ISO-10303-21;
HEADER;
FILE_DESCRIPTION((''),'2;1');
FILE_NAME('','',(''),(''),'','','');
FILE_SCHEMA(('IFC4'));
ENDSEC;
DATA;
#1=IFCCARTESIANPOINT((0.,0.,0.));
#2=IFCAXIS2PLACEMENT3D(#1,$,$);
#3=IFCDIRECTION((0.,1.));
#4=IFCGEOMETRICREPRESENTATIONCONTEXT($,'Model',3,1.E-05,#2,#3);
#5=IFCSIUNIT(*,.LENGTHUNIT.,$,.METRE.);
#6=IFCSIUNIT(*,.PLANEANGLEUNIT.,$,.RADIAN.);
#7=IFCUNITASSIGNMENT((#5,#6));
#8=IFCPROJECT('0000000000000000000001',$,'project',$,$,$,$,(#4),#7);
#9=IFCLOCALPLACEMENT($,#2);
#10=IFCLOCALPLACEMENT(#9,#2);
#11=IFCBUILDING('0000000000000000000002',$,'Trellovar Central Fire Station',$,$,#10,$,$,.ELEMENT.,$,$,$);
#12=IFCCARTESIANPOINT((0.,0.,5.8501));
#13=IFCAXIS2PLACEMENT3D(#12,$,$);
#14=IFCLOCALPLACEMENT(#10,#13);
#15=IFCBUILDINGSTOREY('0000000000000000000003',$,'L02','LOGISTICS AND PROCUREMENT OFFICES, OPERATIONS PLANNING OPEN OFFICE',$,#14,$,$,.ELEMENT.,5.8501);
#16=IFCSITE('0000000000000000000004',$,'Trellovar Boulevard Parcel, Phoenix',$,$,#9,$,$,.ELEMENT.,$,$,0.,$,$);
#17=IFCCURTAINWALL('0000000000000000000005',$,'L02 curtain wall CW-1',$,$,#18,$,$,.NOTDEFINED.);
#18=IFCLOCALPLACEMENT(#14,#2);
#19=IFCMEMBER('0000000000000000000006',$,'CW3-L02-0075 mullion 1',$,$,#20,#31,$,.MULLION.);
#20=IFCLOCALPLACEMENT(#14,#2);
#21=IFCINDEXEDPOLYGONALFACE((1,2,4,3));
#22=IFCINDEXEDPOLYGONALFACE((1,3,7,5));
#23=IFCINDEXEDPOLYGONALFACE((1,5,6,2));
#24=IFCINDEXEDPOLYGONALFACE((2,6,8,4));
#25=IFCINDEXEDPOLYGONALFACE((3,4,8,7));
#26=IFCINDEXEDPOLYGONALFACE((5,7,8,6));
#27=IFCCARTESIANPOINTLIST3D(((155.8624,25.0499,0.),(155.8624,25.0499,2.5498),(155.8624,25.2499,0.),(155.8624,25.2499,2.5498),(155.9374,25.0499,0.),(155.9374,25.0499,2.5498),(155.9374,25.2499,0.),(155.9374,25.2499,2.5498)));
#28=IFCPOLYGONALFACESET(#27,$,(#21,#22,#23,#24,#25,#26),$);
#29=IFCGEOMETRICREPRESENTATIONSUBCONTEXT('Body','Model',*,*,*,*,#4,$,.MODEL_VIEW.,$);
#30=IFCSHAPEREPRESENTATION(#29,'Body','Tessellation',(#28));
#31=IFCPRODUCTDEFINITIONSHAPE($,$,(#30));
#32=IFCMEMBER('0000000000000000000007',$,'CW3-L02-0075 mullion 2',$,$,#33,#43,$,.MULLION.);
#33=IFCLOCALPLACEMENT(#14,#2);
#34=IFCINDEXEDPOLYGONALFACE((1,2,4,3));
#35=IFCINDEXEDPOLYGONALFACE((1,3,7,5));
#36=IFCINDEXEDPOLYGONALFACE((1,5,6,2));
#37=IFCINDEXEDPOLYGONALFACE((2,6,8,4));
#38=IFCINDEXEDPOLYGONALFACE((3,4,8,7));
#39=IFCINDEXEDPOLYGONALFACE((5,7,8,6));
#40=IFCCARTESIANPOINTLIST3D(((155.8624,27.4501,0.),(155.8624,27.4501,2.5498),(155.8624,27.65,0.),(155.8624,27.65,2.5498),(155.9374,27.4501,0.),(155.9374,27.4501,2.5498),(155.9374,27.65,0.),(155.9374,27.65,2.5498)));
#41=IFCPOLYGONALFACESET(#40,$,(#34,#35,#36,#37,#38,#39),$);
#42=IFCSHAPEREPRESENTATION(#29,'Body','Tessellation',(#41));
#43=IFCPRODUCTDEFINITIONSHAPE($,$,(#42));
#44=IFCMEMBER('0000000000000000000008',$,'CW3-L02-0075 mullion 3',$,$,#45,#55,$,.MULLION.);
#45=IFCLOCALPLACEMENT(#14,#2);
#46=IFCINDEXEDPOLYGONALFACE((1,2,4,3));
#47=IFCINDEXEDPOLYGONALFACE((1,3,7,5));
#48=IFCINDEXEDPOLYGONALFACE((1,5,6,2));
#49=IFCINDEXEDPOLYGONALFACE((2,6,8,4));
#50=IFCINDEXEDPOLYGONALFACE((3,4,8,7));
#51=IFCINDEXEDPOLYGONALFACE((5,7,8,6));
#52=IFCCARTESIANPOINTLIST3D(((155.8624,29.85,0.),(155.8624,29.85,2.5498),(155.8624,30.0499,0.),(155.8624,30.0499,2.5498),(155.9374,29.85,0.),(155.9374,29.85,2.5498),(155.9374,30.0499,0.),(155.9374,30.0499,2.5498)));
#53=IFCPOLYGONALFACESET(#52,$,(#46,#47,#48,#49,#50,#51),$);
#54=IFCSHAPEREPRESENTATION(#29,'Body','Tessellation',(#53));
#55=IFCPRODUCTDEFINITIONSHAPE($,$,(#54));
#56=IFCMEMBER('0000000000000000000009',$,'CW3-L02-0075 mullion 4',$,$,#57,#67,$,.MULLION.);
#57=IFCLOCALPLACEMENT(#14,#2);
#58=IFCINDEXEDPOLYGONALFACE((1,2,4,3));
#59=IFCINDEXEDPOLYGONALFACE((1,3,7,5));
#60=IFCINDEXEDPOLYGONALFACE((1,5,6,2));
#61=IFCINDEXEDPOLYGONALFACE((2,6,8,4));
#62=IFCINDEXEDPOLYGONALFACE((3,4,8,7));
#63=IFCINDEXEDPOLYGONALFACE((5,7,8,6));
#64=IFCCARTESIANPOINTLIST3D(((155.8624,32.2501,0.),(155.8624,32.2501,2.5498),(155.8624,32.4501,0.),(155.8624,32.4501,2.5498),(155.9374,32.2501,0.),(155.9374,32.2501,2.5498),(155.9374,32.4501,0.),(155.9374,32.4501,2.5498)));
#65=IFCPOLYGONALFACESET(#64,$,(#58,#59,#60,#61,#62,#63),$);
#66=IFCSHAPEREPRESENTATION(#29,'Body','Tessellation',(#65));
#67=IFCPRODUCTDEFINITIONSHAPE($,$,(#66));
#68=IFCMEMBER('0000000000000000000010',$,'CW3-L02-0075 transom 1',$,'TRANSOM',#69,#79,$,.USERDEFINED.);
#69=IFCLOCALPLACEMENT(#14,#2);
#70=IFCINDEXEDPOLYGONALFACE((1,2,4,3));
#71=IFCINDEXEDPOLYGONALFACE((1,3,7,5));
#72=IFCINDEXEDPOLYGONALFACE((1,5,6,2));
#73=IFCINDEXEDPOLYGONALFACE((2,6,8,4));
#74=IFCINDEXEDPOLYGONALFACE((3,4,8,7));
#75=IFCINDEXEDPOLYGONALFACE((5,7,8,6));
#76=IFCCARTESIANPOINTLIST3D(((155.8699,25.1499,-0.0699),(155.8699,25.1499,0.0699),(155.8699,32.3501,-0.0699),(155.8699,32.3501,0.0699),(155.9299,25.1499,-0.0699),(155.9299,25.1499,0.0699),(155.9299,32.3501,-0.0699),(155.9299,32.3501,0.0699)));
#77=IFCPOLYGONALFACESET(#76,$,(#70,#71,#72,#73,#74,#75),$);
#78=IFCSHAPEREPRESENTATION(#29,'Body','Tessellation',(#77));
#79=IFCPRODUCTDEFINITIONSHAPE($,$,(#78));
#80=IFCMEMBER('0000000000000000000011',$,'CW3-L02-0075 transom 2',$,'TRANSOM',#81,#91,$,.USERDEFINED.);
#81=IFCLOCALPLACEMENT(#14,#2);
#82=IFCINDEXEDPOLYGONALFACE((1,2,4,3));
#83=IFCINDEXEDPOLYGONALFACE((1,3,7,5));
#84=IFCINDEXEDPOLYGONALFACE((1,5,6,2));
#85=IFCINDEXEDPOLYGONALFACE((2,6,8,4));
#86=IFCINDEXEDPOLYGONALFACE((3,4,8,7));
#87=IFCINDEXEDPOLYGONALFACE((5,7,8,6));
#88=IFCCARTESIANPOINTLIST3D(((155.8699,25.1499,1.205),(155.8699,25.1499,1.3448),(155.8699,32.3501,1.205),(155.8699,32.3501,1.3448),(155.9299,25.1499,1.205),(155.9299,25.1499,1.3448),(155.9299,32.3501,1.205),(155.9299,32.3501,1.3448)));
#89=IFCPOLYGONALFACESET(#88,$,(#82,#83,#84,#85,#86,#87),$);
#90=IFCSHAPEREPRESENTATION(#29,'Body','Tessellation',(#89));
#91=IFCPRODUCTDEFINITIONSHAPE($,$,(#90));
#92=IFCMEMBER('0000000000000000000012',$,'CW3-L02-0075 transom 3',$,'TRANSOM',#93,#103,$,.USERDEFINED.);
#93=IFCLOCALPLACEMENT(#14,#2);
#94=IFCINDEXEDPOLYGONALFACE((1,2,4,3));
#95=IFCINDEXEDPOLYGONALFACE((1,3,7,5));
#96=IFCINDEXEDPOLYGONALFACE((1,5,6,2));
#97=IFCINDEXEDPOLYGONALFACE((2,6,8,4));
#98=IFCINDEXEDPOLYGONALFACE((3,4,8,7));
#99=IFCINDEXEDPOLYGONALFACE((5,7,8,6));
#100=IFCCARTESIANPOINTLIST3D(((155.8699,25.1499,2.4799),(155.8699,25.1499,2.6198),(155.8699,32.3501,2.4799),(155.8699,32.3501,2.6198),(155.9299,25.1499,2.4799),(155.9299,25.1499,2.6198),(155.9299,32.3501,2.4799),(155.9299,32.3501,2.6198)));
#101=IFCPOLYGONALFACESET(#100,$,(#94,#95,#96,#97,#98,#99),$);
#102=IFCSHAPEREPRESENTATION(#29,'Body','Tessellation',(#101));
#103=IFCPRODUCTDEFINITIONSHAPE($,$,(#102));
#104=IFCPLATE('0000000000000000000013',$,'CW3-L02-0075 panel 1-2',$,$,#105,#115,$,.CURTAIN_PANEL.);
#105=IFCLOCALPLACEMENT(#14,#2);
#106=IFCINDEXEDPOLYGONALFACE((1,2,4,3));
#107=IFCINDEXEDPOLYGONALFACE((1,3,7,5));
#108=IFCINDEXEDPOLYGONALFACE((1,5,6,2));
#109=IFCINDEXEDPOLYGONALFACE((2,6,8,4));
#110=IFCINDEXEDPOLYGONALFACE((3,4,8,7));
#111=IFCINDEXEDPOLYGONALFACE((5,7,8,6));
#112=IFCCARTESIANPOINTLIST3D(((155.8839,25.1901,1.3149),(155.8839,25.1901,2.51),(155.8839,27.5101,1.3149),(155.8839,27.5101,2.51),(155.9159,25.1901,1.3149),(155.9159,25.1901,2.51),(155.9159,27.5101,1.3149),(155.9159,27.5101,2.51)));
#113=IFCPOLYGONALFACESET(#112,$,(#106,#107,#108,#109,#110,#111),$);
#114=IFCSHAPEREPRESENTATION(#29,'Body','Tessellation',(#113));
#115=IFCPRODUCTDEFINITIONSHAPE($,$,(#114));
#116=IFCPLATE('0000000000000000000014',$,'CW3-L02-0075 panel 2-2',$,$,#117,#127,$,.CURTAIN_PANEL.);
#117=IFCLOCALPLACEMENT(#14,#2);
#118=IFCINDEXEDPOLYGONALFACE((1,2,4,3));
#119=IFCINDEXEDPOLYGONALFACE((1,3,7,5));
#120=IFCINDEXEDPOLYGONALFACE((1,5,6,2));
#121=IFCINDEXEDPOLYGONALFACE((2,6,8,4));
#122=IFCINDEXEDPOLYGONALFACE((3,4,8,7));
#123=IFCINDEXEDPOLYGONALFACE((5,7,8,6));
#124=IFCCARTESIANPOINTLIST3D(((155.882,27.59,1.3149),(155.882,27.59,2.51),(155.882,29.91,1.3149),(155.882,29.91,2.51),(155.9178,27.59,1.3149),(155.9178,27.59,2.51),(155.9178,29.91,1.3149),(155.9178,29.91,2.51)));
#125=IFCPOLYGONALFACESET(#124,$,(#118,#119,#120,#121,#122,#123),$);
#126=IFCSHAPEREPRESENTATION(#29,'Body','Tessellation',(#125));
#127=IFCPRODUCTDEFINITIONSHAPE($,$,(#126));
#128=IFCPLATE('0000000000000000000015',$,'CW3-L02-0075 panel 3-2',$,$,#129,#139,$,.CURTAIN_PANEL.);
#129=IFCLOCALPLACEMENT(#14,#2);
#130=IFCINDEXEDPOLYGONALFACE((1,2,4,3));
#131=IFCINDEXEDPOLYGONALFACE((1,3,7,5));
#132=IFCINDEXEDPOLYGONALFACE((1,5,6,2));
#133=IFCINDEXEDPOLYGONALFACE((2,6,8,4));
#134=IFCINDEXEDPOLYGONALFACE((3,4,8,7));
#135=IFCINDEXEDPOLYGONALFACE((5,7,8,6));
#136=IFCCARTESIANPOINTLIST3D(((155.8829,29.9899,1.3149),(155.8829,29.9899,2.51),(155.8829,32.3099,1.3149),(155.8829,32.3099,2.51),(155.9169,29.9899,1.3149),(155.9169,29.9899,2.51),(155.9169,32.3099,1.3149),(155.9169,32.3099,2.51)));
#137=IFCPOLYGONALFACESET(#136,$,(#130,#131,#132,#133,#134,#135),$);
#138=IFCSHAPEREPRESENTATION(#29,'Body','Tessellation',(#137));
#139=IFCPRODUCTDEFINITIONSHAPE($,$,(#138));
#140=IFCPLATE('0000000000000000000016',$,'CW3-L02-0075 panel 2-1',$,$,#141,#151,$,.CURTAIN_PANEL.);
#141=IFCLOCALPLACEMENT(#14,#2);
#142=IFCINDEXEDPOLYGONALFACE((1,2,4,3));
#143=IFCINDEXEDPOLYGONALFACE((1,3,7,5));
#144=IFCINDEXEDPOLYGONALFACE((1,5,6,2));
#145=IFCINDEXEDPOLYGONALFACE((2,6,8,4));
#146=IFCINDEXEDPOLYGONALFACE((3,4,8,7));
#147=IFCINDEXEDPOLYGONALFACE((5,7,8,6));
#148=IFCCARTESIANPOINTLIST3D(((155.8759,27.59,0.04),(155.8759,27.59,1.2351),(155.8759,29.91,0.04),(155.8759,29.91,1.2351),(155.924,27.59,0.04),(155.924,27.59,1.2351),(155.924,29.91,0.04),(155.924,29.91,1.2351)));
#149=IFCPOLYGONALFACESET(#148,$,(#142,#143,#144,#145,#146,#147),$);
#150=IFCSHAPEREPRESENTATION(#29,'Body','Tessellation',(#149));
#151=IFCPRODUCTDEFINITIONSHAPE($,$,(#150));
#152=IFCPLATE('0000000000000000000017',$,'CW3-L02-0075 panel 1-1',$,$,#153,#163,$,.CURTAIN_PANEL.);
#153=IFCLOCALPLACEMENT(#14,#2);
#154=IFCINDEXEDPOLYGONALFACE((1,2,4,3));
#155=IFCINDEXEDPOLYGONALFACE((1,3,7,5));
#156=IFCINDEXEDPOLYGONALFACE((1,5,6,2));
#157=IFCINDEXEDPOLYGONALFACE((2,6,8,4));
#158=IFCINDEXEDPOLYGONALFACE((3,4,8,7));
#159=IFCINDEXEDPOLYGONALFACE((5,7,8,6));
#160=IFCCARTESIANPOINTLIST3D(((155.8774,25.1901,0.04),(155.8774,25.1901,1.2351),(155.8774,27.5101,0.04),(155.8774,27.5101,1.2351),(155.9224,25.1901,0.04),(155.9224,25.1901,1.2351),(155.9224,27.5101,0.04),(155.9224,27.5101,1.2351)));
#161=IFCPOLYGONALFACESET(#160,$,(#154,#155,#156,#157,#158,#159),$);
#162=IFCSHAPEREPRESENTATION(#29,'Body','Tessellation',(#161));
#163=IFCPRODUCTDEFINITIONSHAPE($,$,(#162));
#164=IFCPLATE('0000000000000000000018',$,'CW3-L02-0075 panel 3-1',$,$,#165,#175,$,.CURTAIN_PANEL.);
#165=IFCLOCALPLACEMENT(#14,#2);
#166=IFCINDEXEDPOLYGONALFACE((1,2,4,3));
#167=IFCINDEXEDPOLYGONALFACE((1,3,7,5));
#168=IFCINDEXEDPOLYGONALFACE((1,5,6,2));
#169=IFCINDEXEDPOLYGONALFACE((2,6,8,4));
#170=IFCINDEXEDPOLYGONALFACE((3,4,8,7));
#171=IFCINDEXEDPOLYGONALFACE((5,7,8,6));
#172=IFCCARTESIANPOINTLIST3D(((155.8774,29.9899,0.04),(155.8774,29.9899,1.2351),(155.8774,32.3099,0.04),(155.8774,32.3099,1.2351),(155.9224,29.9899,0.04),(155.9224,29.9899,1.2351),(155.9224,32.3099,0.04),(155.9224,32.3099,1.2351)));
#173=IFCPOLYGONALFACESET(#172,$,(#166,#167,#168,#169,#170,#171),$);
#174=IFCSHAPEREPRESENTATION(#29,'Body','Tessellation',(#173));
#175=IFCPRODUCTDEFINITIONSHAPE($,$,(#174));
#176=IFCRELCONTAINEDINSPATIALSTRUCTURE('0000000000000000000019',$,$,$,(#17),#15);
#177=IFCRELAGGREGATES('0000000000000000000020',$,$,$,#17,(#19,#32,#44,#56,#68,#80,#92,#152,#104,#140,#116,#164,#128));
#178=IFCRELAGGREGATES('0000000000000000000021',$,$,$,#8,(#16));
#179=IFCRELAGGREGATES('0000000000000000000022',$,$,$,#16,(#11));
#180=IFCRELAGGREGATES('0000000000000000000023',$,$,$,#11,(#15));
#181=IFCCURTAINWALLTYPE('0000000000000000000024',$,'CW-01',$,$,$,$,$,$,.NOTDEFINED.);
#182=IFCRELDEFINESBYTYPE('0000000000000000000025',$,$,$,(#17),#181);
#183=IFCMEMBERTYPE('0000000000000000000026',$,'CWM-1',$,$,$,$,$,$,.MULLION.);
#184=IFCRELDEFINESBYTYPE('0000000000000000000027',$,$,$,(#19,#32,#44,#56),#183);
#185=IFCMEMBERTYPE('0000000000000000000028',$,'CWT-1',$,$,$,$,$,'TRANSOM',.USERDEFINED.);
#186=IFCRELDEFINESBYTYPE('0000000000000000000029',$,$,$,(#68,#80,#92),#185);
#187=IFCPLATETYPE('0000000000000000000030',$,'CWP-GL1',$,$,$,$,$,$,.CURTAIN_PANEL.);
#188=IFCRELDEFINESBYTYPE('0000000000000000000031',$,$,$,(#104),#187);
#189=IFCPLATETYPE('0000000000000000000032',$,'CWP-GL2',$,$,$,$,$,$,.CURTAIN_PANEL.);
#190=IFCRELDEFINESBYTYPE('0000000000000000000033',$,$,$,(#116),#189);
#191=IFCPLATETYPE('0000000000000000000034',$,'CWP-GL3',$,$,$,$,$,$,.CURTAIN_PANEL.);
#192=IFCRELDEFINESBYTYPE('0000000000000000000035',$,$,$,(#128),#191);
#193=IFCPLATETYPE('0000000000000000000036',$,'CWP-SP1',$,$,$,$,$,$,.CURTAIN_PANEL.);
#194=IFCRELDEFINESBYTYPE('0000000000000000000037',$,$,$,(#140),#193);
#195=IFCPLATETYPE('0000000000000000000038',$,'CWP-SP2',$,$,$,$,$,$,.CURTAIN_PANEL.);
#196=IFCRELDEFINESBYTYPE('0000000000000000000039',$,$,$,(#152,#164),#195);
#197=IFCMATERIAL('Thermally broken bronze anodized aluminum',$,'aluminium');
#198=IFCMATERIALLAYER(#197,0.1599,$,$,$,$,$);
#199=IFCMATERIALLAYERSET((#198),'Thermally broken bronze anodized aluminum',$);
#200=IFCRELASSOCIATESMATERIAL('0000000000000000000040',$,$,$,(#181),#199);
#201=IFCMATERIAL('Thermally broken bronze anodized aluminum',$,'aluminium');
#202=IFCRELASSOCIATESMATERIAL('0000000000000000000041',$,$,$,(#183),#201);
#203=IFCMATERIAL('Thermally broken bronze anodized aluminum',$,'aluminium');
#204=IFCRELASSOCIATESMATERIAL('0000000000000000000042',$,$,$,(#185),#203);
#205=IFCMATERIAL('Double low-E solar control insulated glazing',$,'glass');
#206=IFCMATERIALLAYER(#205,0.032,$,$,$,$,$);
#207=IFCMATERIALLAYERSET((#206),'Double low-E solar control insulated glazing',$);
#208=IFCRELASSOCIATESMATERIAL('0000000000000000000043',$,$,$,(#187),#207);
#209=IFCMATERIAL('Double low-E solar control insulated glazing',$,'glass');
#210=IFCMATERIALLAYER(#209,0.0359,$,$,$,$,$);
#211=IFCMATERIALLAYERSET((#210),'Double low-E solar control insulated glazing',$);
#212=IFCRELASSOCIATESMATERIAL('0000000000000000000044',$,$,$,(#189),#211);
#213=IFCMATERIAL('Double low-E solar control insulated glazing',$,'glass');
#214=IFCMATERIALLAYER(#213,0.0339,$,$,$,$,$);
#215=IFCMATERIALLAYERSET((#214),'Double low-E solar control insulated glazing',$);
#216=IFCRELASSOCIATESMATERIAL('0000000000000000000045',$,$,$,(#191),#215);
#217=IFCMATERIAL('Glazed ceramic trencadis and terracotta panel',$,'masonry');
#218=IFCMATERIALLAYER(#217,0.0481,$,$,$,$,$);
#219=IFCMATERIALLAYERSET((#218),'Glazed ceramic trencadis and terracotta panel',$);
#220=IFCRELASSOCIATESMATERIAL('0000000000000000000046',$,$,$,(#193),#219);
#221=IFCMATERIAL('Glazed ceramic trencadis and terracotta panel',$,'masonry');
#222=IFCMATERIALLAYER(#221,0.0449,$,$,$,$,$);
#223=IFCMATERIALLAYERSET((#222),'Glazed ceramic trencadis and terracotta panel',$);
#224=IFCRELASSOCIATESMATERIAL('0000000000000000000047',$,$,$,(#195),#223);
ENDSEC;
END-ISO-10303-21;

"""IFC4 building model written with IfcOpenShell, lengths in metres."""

from ifc_helpers import new_model, si_unit, direction, frame, origin, origin_2d, place, context, subcontext, project, spatial, rectangle, extrude, material, layer, layer_set, material_profile, profile_set, type_object, element, aggregate, save


model = new_model("IFC4")

# Units and contexts
model_context = context("Model", 3, precision=1e-05, world=origin(), true_north=direction((0.0, 1.0)))
body_context = subcontext(model_context, "Body", "Model", "MODEL_VIEW")
ifc_project = project(units=[si_unit("LENGTHUNIT", "METRE"), si_unit("PLANEANGLEUNIT", "RADIAN")], contexts=[model_context])

# Site, building, storey
site_placement = place(None, origin())
site = spatial("IfcSite", under=ifc_project, at=site_placement, Name="Trellovar Boulevard Parcel, Phoenix", CompositionType="ELEMENT", RefElevation=0.0)
building_placement = place(site_placement, origin())
building = spatial("IfcBuilding", under=site, at=building_placement, Name="Trellovar Central Fire Station", CompositionType="ELEMENT")
storey_placement = place(building_placement, frame((0.0, 0.0, 5.8501)))
storey = spatial("IfcBuildingStorey", under=building, at=storey_placement, Name="L02", Description="LOGISTICS AND PROCUREMENT OFFICES, OPERATIONS PLANNING OPEN OFFICE", CompositionType="ELEMENT", Elevation=5.8501)

# Curtain wall, members, plates
ifc_material_1 = material(Name="Thermally broken bronze anodized aluminum", Category="aluminium")
ifc_layer_1 = layer(ifc_material_1, 0.1599)
ifc_layer_set_1 = layer_set([ifc_layer_1], Name="Thermally broken bronze anodized aluminum")
curtain_wall_type = type_object("IfcCurtainWallType", Name="CW-01", PredefinedType="NOTDEFINED", material=ifc_layer_set_1)
curtain_wall_placement = place(storey_placement, origin())
curtain_wall = element("IfcCurtainWall", 1, at=curtain_wall_placement, inside=storey, type_object=curtain_wall_type, Name="L02 curtain wall CW-1", PredefinedType="NOTDEFINED")
ifc_material_2 = material(Name="Thermally broken bronze anodized aluminum", Category="aluminium")
ifc_material_profile_1 = material_profile(ifc_material_2, rectangle(XDim=0.075, YDim=0.2, at=origin_2d()), Name="ALU75X200")
ifc_profile_set_1 = profile_set([ifc_material_profile_1], Name="Thermally broken bronze anodized aluminum")
member_type_1 = type_object("IfcMemberType", Name="CWM-1", PredefinedType="MULLION", material=ifc_profile_set_1)
member_1_placement = place(storey_placement, frame((155.8999, 25.1499, 0.0), z_axis=(0.0, 0.0, 1.0), x_axis=(1.0, 0.0, 0.0)))
member_1 = element("IfcMember", 2, at=member_1_placement, type_object=member_type_1, Name="CW3-L02-0075 mullion 1", PredefinedType="MULLION", context=body_context, shape_type="SweptSolid", body=[
    extrude(rectangle(XDim=0.075, YDim=0.2, at=origin_2d()), origin(), (0.0, 0.0, 1.0), 2.5498),
])
member_2_placement = place(storey_placement, frame((155.8999, 27.55, 0.0), z_axis=(0.0, 0.0, 1.0), x_axis=(1.0, 0.0, 0.0)))
member_2 = element("IfcMember", 3, at=member_2_placement, type_object=member_type_1, Name="CW3-L02-0075 mullion 2", PredefinedType="MULLION", context=body_context, shape_type="SweptSolid", body=[
    extrude(rectangle(XDim=0.075, YDim=0.2, at=origin_2d()), origin(), (0.0, 0.0, 1.0), 2.5498),
])
member_3_placement = place(storey_placement, frame((155.8999, 29.95, 0.0), z_axis=(0.0, 0.0, 1.0), x_axis=(1.0, 0.0, 0.0)))
member_3 = element("IfcMember", 4, at=member_3_placement, type_object=member_type_1, Name="CW3-L02-0075 mullion 3", PredefinedType="MULLION", context=body_context, shape_type="SweptSolid", body=[
    extrude(rectangle(XDim=0.075, YDim=0.2, at=origin_2d()), origin(), (0.0, 0.0, 1.0), 2.5498),
])
member_4_placement = place(storey_placement, frame((155.8999, 32.3501, 0.0), z_axis=(0.0, 0.0, 1.0), x_axis=(1.0, 0.0, 0.0)))
member_4 = element("IfcMember", 5, at=member_4_placement, type_object=member_type_1, Name="CW3-L02-0075 mullion 4", PredefinedType="MULLION", context=body_context, shape_type="SweptSolid", body=[
    extrude(rectangle(XDim=0.075, YDim=0.2, at=origin_2d()), origin(), (0.0, 0.0, 1.0), 2.5498),
])
ifc_material_3 = material(Name="Thermally broken bronze anodized aluminum", Category="aluminium")
ifc_material_profile_2 = material_profile(ifc_material_3, rectangle(XDim=0.0601, YDim=0.1399, at=origin_2d()), Name="ALU60X140")
ifc_profile_set_2 = profile_set([ifc_material_profile_2], Name="Thermally broken bronze anodized aluminum")
member_type_2 = type_object("IfcMemberType", Name="CWT-1", ElementType="TRANSOM", PredefinedType="USERDEFINED", material=ifc_profile_set_2)
member_5_placement = place(storey_placement, frame((155.8999, 25.1499, 0.0), z_axis=(0.0, 1.0, 0.0), x_axis=(-1.0, 0.0, 0.0)))
member_5 = element("IfcMember", 6, at=member_5_placement, type_object=member_type_2, Name="CW3-L02-0075 transom 1", ObjectType="TRANSOM", PredefinedType="USERDEFINED", context=body_context, shape_type="SweptSolid", body=[
    extrude(rectangle(XDim=0.0601, YDim=0.1399, at=origin_2d()), origin(), (0.0, 0.0, 1.0), 7.2002),
])
member_6_placement = place(storey_placement, frame((155.8999, 25.1499, 1.2749), z_axis=(0.0, 1.0, 0.0), x_axis=(-1.0, 0.0, 0.0)))
member_6 = element("IfcMember", 7, at=member_6_placement, type_object=member_type_2, Name="CW3-L02-0075 transom 2", ObjectType="TRANSOM", PredefinedType="USERDEFINED", context=body_context, shape_type="SweptSolid", body=[
    extrude(rectangle(XDim=0.0601, YDim=0.1399, at=origin_2d()), origin(), (0.0, 0.0, 1.0), 7.2002),
])
member_7_placement = place(storey_placement, frame((155.8999, 25.1499, 2.5498), z_axis=(0.0, 1.0, 0.0), x_axis=(-1.0, 0.0, 0.0)))
member_7 = element("IfcMember", 8, at=member_7_placement, type_object=member_type_2, Name="CW3-L02-0075 transom 3", ObjectType="TRANSOM", PredefinedType="USERDEFINED", context=body_context, shape_type="SweptSolid", body=[
    extrude(rectangle(XDim=0.0601, YDim=0.1399, at=origin_2d()), origin(), (0.0, 0.0, 1.0), 7.2002),
])
ifc_material_4 = material(Name="Double low-E solar control insulated glazing", Category="glass")
ifc_layer_2 = layer(ifc_material_4, 0.032)
ifc_layer_set_2 = layer_set([ifc_layer_2], Name="Double low-E solar control insulated glazing")
plate_type_1 = type_object("IfcPlateType", Name="CWP-GL1", PredefinedType="CURTAIN_PANEL", material=ifc_layer_set_2)
plate_1_placement = place(storey_placement, frame((155.8999, 26.3501, 1.3149), z_axis=(0.0, 0.0, 1.0), x_axis=(0.0, 1.0, 0.0)))
plate_1 = element("IfcPlate", 9, at=plate_1_placement, type_object=plate_type_1, Name="CW3-L02-0075 panel 1-2", PredefinedType="CURTAIN_PANEL", context=body_context, shape_type="SweptSolid", body=[
    extrude(rectangle(XDim=2.3201, YDim=0.032, at=origin_2d()), origin(), (0.0, 0.0, 1.0), 1.1951),
])
ifc_material_5 = material(Name="Double low-E solar control insulated glazing", Category="glass")
ifc_layer_3 = layer(ifc_material_5, 0.0359)
ifc_layer_set_3 = layer_set([ifc_layer_3], Name="Double low-E solar control insulated glazing")
plate_type_2 = type_object("IfcPlateType", Name="CWP-GL2", PredefinedType="CURTAIN_PANEL", material=ifc_layer_set_3)
plate_2_placement = place(storey_placement, frame((155.8999, 28.75, 1.3149), z_axis=(0.0, 0.0, 1.0), x_axis=(0.0, 1.0, 0.0)))
plate_2 = element("IfcPlate", 10, at=plate_2_placement, type_object=plate_type_2, Name="CW3-L02-0075 panel 2-2", PredefinedType="CURTAIN_PANEL", context=body_context, shape_type="SweptSolid", body=[
    extrude(rectangle(XDim=2.3201, YDim=0.0359, at=origin_2d()), origin(), (0.0, 0.0, 1.0), 1.1951),
])
ifc_material_6 = material(Name="Double low-E solar control insulated glazing", Category="glass")
ifc_layer_4 = layer(ifc_material_6, 0.0339)
ifc_layer_set_4 = layer_set([ifc_layer_4], Name="Double low-E solar control insulated glazing")
plate_type_3 = type_object("IfcPlateType", Name="CWP-GL3", PredefinedType="CURTAIN_PANEL", material=ifc_layer_set_4)
plate_3_placement = place(storey_placement, frame((155.8999, 31.1499, 1.3149), z_axis=(0.0, 0.0, 1.0), x_axis=(0.0, 1.0, 0.0)))
plate_3 = element("IfcPlate", 11, at=plate_3_placement, type_object=plate_type_3, Name="CW3-L02-0075 panel 3-2", PredefinedType="CURTAIN_PANEL", context=body_context, shape_type="SweptSolid", body=[
    extrude(rectangle(XDim=2.3201, YDim=0.0339, at=origin_2d()), origin(), (0.0, 0.0, 1.0), 1.1951),
])
ifc_material_7 = material(Name="Glazed ceramic trencadis and terracotta panel", Category="masonry")
ifc_layer_5 = layer(ifc_material_7, 0.0481)
ifc_layer_set_5 = layer_set([ifc_layer_5], Name="Glazed ceramic trencadis and terracotta panel")
plate_type_4 = type_object("IfcPlateType", Name="CWP-SP1", PredefinedType="CURTAIN_PANEL", material=ifc_layer_set_5)
plate_4_placement = place(storey_placement, frame((155.8999, 28.75, 0.04), z_axis=(0.0, 0.0, 1.0), x_axis=(0.0, 1.0, 0.0)))
plate_4 = element("IfcPlate", 12, at=plate_4_placement, type_object=plate_type_4, Name="CW3-L02-0075 panel 2-1", PredefinedType="CURTAIN_PANEL", context=body_context, shape_type="SweptSolid", body=[
    extrude(rectangle(XDim=2.3201, YDim=0.0481, at=origin_2d()), origin(), (0.0, 0.0, 1.0), 1.1951),
])
ifc_material_8 = material(Name="Glazed ceramic trencadis and terracotta panel", Category="masonry")
ifc_layer_6 = layer(ifc_material_8, 0.0449)
ifc_layer_set_6 = layer_set([ifc_layer_6], Name="Glazed ceramic trencadis and terracotta panel")
plate_type_5 = type_object("IfcPlateType", Name="CWP-SP2", PredefinedType="CURTAIN_PANEL", material=ifc_layer_set_6)
plate_5_placement = place(storey_placement, frame((155.8999, 26.3501, 0.04), z_axis=(0.0, 0.0, 1.0), x_axis=(0.0, 1.0, 0.0)))
plate_5 = element("IfcPlate", 13, at=plate_5_placement, type_object=plate_type_5, Name="CW3-L02-0075 panel 1-1", PredefinedType="CURTAIN_PANEL", context=body_context, shape_type="SweptSolid", body=[
    extrude(rectangle(XDim=2.3201, YDim=0.0449, at=origin_2d()), origin(), (0.0, 0.0, 1.0), 1.1951),
])
plate_6_placement = place(storey_placement, frame((155.8999, 31.1499, 0.04), z_axis=(0.0, 0.0, 1.0), x_axis=(0.0, 1.0, 0.0)))
plate_6 = element("IfcPlate", 14, at=plate_6_placement, type_object=plate_type_5, Name="CW3-L02-0075 panel 3-1", PredefinedType="CURTAIN_PANEL", context=body_context, shape_type="SweptSolid", body=[
    extrude(rectangle(XDim=2.3201, YDim=0.0449, at=origin_2d()), origin(), (0.0, 0.0, 1.0), 1.1951),
])
aggregate(curtain_wall, [member_1, member_2, member_3, member_4, member_5, member_6, member_7, plate_5, plate_1, plate_4, plate_2, plate_6, plate_3])

save(model, "model.ifc")
